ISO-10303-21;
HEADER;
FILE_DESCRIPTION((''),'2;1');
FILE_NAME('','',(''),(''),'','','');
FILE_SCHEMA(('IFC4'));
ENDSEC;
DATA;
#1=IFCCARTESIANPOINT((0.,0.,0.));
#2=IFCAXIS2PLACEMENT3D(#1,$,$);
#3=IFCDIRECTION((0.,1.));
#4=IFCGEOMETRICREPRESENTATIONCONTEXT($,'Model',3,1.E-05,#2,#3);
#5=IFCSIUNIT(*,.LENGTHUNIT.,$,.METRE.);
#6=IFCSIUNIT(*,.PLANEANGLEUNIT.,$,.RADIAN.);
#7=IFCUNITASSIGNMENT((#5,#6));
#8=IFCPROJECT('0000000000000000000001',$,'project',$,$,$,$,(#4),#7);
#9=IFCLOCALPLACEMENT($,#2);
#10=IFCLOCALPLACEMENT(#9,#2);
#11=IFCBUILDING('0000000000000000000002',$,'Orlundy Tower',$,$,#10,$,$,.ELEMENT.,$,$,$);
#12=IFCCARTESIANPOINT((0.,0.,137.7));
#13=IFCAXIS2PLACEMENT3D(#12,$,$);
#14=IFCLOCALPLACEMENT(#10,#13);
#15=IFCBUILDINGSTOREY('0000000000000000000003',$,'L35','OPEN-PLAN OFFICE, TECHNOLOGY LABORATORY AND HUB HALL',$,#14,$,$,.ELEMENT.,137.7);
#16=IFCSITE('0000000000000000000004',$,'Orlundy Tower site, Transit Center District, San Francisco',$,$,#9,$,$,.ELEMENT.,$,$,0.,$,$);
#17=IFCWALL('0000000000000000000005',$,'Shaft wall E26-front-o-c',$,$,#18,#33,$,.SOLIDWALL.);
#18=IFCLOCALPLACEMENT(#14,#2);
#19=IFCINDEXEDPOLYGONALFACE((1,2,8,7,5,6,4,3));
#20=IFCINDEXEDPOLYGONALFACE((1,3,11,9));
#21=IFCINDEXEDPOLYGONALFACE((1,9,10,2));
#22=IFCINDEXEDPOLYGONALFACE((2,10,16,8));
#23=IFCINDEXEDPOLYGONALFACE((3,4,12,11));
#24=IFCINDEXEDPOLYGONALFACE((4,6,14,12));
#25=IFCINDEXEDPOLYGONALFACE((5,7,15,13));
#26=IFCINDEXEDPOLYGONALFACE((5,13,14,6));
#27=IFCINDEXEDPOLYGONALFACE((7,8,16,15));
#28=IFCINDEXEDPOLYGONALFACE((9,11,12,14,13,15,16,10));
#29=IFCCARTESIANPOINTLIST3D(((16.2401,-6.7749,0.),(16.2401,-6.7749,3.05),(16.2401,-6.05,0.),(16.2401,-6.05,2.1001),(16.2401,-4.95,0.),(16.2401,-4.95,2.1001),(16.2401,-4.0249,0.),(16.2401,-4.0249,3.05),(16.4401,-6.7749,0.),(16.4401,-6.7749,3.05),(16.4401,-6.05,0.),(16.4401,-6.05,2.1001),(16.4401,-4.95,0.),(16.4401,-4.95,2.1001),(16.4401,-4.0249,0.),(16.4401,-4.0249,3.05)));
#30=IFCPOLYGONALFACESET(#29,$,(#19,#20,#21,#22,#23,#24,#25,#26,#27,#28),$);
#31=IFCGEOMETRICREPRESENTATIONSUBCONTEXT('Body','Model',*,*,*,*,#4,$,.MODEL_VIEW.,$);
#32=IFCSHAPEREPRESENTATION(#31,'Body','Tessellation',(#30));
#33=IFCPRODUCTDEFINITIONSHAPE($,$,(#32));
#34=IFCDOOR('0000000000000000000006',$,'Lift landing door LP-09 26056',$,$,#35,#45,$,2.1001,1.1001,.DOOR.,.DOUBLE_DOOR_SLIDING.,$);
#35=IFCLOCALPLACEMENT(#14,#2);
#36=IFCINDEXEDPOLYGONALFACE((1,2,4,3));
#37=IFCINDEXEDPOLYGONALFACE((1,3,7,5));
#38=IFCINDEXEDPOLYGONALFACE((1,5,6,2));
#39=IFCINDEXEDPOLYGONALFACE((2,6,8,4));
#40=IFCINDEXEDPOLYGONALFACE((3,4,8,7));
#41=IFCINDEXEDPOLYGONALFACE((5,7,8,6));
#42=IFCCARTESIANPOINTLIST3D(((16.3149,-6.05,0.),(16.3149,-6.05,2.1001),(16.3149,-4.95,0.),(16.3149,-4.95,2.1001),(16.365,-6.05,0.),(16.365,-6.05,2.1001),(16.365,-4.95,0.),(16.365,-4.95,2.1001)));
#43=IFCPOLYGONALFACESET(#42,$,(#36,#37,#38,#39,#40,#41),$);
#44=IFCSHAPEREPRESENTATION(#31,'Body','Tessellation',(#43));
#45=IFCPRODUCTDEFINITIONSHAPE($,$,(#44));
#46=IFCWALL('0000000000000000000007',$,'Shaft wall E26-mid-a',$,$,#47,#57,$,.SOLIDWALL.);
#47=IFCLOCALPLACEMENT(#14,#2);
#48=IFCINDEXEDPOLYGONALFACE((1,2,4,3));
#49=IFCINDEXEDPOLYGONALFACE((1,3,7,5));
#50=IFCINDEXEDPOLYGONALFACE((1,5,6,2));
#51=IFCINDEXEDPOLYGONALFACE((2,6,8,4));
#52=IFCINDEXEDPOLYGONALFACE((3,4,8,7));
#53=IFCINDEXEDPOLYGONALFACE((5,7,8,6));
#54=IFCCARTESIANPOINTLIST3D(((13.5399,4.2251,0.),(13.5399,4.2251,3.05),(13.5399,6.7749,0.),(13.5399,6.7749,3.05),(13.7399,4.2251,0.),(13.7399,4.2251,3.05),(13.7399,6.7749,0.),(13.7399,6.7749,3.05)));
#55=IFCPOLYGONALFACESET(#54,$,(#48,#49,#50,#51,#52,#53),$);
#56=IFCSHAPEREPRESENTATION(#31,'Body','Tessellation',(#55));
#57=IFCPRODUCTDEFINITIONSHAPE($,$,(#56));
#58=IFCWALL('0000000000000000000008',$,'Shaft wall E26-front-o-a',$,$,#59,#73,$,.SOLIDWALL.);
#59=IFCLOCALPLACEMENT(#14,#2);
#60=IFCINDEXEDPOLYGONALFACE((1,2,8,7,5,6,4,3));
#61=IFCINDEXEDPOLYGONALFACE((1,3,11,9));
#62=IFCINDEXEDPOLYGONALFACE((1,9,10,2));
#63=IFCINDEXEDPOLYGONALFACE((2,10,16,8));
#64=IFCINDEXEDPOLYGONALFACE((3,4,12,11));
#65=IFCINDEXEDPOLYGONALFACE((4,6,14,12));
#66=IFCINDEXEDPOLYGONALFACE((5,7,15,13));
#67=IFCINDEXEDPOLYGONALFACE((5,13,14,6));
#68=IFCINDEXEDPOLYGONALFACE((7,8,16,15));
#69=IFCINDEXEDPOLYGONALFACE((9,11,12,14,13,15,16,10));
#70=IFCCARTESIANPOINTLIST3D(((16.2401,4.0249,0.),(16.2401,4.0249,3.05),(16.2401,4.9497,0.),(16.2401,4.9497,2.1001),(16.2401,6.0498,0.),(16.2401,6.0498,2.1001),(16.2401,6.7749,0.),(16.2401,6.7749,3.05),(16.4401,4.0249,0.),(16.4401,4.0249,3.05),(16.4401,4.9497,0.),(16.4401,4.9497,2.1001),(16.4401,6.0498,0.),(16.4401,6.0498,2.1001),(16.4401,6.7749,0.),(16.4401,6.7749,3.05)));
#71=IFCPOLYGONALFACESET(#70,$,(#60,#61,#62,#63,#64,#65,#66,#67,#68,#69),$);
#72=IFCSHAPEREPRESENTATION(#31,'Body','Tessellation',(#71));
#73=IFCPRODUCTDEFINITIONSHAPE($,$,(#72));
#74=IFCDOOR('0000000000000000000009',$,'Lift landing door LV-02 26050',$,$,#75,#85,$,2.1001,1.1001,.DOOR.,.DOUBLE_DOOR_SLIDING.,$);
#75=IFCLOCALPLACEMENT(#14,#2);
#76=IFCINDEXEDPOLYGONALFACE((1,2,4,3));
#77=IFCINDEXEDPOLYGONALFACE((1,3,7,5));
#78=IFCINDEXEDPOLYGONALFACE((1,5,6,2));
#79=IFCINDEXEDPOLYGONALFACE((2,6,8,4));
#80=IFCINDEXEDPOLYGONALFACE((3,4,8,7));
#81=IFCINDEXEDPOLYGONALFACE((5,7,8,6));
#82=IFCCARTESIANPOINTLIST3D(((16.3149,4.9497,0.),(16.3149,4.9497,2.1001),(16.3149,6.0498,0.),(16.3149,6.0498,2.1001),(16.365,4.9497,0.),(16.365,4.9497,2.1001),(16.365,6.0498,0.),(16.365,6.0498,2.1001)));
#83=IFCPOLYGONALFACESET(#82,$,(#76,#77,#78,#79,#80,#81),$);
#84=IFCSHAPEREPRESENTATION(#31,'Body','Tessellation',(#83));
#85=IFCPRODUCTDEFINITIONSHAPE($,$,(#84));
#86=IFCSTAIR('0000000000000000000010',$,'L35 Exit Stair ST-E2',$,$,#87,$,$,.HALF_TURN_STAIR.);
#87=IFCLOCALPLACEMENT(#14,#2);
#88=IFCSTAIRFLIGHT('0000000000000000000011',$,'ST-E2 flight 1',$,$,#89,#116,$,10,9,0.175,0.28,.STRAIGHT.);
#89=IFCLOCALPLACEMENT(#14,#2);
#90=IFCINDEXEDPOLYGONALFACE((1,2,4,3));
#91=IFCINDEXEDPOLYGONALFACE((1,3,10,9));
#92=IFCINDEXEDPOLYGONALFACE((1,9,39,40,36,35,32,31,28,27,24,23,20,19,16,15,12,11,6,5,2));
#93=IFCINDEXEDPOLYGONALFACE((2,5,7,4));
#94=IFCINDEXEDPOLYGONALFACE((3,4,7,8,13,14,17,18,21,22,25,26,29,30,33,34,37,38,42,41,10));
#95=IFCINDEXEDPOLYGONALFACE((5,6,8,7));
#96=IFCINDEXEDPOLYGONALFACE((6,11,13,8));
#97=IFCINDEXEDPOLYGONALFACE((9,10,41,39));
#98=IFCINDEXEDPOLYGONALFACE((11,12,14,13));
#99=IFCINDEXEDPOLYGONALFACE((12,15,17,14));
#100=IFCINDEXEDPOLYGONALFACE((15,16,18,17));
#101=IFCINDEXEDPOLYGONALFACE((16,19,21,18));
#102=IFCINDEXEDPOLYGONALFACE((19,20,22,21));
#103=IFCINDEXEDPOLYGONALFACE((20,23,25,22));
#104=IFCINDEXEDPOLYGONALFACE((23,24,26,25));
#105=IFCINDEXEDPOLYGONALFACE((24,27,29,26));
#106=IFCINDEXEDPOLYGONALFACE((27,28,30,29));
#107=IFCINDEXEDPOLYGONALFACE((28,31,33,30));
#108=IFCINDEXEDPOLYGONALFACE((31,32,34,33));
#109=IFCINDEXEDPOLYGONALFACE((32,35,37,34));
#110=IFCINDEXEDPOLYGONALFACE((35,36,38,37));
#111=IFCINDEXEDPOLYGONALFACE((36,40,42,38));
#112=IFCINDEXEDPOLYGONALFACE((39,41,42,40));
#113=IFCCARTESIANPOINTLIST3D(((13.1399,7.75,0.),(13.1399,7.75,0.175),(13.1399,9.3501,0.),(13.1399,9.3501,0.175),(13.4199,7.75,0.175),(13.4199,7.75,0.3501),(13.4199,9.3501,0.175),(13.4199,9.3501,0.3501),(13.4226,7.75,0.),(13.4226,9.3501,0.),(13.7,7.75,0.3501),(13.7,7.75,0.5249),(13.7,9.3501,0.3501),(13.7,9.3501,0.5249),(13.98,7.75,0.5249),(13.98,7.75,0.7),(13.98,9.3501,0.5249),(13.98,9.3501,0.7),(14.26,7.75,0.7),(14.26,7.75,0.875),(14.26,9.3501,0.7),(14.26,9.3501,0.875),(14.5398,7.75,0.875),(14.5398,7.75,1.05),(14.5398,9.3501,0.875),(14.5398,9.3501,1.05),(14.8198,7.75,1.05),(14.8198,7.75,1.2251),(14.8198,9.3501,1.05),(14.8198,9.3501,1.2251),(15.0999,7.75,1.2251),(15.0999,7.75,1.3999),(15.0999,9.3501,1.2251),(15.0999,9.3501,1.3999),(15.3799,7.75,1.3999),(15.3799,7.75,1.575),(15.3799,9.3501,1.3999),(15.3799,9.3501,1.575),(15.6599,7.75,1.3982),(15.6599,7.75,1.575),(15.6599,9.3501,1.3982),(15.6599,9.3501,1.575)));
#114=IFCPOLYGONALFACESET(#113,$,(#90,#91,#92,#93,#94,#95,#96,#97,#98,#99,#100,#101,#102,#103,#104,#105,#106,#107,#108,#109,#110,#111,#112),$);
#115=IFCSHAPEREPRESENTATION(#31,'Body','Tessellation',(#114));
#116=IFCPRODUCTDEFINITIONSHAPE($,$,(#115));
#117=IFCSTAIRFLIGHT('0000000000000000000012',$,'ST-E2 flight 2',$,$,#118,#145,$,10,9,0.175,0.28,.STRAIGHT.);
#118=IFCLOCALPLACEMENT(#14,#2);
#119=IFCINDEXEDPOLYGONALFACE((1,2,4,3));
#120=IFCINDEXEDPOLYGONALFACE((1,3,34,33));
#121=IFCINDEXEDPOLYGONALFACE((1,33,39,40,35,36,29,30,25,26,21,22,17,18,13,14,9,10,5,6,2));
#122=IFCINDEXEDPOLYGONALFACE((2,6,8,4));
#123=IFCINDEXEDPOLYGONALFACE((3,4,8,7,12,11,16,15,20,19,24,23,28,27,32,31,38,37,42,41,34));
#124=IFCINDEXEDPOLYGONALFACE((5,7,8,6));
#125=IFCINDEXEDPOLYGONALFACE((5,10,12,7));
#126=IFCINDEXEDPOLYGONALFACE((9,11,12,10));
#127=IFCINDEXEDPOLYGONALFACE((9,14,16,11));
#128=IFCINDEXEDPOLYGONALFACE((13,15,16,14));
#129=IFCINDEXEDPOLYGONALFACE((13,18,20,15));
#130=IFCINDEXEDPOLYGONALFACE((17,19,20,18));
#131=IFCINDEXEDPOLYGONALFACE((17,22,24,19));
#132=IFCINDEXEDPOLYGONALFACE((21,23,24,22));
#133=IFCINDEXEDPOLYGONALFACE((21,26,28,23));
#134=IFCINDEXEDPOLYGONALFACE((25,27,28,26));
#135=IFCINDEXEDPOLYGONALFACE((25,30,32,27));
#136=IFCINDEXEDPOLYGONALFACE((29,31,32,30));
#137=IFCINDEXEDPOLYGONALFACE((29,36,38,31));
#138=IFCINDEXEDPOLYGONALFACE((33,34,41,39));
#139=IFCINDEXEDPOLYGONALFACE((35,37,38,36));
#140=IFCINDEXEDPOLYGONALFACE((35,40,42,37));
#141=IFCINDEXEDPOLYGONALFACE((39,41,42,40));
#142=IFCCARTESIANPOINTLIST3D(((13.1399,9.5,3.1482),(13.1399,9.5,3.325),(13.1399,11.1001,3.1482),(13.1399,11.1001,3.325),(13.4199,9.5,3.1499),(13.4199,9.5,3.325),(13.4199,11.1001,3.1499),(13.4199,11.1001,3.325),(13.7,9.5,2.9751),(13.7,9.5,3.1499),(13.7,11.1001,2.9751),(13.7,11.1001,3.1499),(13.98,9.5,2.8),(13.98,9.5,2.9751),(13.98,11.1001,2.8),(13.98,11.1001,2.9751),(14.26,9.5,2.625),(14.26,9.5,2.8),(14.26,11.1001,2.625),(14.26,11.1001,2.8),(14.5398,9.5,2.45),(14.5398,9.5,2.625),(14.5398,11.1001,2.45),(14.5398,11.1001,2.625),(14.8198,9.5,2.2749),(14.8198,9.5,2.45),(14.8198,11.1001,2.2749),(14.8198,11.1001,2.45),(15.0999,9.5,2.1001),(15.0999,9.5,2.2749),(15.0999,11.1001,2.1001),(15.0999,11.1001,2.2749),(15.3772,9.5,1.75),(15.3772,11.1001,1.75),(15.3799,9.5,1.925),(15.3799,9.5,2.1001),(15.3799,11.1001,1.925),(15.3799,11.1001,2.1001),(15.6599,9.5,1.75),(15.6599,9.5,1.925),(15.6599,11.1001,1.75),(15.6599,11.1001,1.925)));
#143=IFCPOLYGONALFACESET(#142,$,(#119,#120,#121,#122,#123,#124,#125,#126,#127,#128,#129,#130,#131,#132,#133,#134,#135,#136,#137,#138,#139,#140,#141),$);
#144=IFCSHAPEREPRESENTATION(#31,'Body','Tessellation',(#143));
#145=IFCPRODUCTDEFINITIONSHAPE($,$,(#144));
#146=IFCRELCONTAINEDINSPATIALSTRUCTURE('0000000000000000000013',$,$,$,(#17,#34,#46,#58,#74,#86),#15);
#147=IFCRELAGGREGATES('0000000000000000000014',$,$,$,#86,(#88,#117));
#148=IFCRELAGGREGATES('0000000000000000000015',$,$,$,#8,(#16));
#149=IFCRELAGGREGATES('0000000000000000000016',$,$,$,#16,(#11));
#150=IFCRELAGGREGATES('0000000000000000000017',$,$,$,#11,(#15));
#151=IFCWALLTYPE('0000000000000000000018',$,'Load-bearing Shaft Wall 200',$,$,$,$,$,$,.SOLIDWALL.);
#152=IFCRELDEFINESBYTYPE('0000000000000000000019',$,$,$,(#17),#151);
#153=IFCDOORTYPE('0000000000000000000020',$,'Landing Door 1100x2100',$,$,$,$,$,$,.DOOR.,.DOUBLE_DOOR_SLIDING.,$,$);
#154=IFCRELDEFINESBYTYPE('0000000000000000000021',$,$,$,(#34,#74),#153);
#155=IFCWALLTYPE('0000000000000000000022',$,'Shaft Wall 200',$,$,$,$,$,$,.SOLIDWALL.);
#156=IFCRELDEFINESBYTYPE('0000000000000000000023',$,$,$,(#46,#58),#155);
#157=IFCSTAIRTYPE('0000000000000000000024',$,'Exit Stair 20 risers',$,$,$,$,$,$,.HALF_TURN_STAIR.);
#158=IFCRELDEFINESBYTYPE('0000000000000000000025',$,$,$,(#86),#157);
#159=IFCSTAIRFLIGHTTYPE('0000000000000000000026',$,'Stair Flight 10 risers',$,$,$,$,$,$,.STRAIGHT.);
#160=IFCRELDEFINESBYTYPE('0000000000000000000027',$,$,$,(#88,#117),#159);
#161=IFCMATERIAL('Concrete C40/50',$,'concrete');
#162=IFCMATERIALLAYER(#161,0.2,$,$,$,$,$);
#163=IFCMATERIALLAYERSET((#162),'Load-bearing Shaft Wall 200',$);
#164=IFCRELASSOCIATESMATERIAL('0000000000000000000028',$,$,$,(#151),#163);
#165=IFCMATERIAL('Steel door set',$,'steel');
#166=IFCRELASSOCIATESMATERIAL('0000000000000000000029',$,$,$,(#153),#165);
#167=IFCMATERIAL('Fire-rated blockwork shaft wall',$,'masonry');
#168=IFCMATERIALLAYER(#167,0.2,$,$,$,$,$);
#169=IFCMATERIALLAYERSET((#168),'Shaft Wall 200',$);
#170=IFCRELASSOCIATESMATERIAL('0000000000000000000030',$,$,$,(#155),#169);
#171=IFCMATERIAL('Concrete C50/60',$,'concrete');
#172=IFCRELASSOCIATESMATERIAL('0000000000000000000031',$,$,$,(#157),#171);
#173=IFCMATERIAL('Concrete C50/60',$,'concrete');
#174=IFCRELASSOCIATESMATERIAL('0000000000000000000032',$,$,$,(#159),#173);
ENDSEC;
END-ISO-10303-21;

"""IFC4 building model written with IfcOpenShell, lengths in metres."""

from ifc_helpers import new_model, si_unit, direction, frame, frame_2d, origin, place, context, subcontext, project, spatial, polyline, rectangle, outline, extrude, material, layer, layer_set, type_object, element, fill, aggregate, save


model = new_model("IFC4")

# Units and contexts
model_context = context("Model", 3, precision=1e-05, world=origin(), true_north=direction((0.0, 1.0)))
body_context = subcontext(model_context, "Body", "Model", "MODEL_VIEW")
ifc_project = project(units=[si_unit("LENGTHUNIT", "METRE"), si_unit("PLANEANGLEUNIT", "RADIAN")], contexts=[model_context])

# Site, building, storey
site_placement = place(None, origin())
site = spatial("IfcSite", under=ifc_project, at=site_placement, Name="Orlundy Tower site, Transit Center District, San Francisco", CompositionType="ELEMENT", RefElevation=0.0)
building_placement = place(site_placement, origin())
building = spatial("IfcBuilding", under=site, at=building_placement, Name="Orlundy Tower", CompositionType="ELEMENT")
storey_placement = place(building_placement, frame((0.0, 0.0, 137.7)))
storey = spatial("IfcBuildingStorey", under=building, at=storey_placement, Name="L35", Description="OPEN-PLAN OFFICE, TECHNOLOGY LABORATORY AND HUB HALL", CompositionType="ELEMENT", Elevation=137.7)

# Shared definitions
ifc_material_1 = material(Name="Concrete C40/50", Category="concrete")
ifc_layer_1 = layer(ifc_material_1, 0.2)
ifc_layer_set_1 = layer_set([ifc_layer_1], Name="Load-bearing Shaft Wall 200")
wall_type_1 = type_object("IfcWallType", Name="Load-bearing Shaft Wall 200", PredefinedType="SOLIDWALL", material=ifc_layer_set_1)

# Shared definitions
ifc_material_2 = material(Name="Steel door set", Category="steel")
door_type_1 = type_object("IfcDoorType", Name="Landing Door 1100x2100", OperationType="DOUBLE_DOOR_SLIDING", PredefinedType="DOOR", material=ifc_material_2)

# Wall, opening, door
wall_1_placement = place(storey_placement, frame((16.3401, -4.0249, 0.0), z_axis=(0.0, 0.0, 1.0), x_axis=(0.0, -1.0, 0.0)))
wall_1 = element("IfcWall", 1, at=wall_1_placement, inside=storey, type_object=wall_type_1, Name="Shaft wall E26-front-o-c", PredefinedType="SOLIDWALL", context=body_context, shape_type="SweptSolid", body=[
    extrude(rectangle(XDim=2.75, YDim=0.2, at=frame_2d((1.375, 0.0))), origin(), (0.0, 0.0, 1.0), 3.05),
])
opening_1_placement = place(wall_1_placement, frame((0.925, 0.0, 0.0)))
opening_1 = element("IfcOpeningElement", 2, at=opening_1_placement, cuts=wall_1, PredefinedType="OPENING", context=body_context, shape_type="SweptSolid", body=[
    extrude(rectangle(XDim=1.1001, YDim=2.1001, at=frame_2d((0.55, 1.05))), frame((0.0, 0.1101, 0.0), z_axis=(0.0, -1.0, 0.0), x_axis=(1.0, 0.0, 0.0)), (0.0, 0.0, 1.0), 0.2202),
])
door_1_placement = place(opening_1_placement, origin())
door_1 = element("IfcDoor", 3, at=door_1_placement, inside=storey, type_object=door_type_1, Name="Lift landing door LP-09 26056", OperationType="DOUBLE_DOOR_SLIDING", OverallHeight=2.1001, OverallWidth=1.1001, PredefinedType="DOOR", context=body_context, shape_type="SweptSolid", body=[
    extrude(rectangle(XDim=1.1001, YDim=2.1001, at=frame_2d((0.55, 1.05))), frame((0.0, 0.0249, 0.0), z_axis=(0.0, -1.0, 0.0), x_axis=(1.0, 0.0, 0.0)), (0.0, 0.0, 1.0), 0.05),
])
fill(opening_1, door_1)

# Wall
ifc_material_3 = material(Name="Fire-rated blockwork shaft wall", Category="masonry")
ifc_layer_2 = layer(ifc_material_3, 0.2)
ifc_layer_set_2 = layer_set([ifc_layer_2], Name="Shaft Wall 200")
wall_type_2 = type_object("IfcWallType", Name="Shaft Wall 200", PredefinedType="SOLIDWALL", material=ifc_layer_set_2)
wall_2_placement = place(storey_placement, frame((13.6399, 6.7749, 0.0), z_axis=(0.0, 0.0, 1.0), x_axis=(0.0, -1.0, 0.0)))
element("IfcWall", 4, at=wall_2_placement, inside=storey, type_object=wall_type_2, Name="Shaft wall E26-mid-a", PredefinedType="SOLIDWALL", context=body_context, shape_type="SweptSolid", body=[
    extrude(rectangle(XDim=2.5498, YDim=0.2, at=frame_2d((1.2749, 0.0))), origin(), (0.0, 0.0, 1.0), 3.05),
])

# Wall, opening, door
wall_3_placement = place(storey_placement, frame((16.3401, 6.7749, 0.0), z_axis=(0.0, 0.0, 1.0), x_axis=(0.0, -1.0, 0.0)))
wall_3 = element("IfcWall", 5, at=wall_3_placement, inside=storey, type_object=wall_type_2, Name="Shaft wall E26-front-o-a", PredefinedType="SOLIDWALL", context=body_context, shape_type="SweptSolid", body=[
    extrude(rectangle(XDim=2.75, YDim=0.2, at=frame_2d((1.375, 0.0))), origin(), (0.0, 0.0, 1.0), 3.05),
])
opening_2_placement = place(wall_3_placement, frame((0.7251, 0.0, 0.0)))
opening_2 = element("IfcOpeningElement", 6, at=opening_2_placement, cuts=wall_3, PredefinedType="OPENING", context=body_context, shape_type="SweptSolid", body=[
    extrude(rectangle(XDim=1.1001, YDim=2.1001, at=frame_2d((0.55, 1.05))), frame((0.0, 0.1101, 0.0), z_axis=(0.0, -1.0, 0.0), x_axis=(1.0, 0.0, 0.0)), (0.0, 0.0, 1.0), 0.2202),
])
door_2_placement = place(opening_2_placement, origin())
door_2 = element("IfcDoor", 7, at=door_2_placement, inside=storey, type_object=door_type_1, Name="Lift landing door LV-02 26050", OperationType="DOUBLE_DOOR_SLIDING", OverallHeight=2.1001, OverallWidth=1.1001, PredefinedType="DOOR", context=body_context, shape_type="SweptSolid", body=[
    extrude(rectangle(XDim=1.1001, YDim=2.1001, at=frame_2d((0.55, 1.05))), frame((0.0, 0.0249, 0.0), z_axis=(0.0, -1.0, 0.0), x_axis=(1.0, 0.0, 0.0)), (0.0, 0.0, 1.0), 0.05),
])
fill(opening_2, door_2)

# Stair, stair flights
ifc_material_4 = material(Name="Concrete C50/60", Category="concrete")
stair_type = type_object("IfcStairType", Name="Exit Stair 20 risers", PredefinedType="HALF_TURN_STAIR", material=ifc_material_4)
stair_placement = place(storey_placement, origin())
stair = element("IfcStair", 8, at=stair_placement, inside=storey, type_object=stair_type, Name="L35 Exit Stair ST-E2", PredefinedType="HALF_TURN_STAIR")
ifc_material_5 = material(Name="Concrete C50/60", Category="concrete")
stair_flight_type = type_object("IfcStairFlightType", Name="Stair Flight 10 risers", PredefinedType="STRAIGHT", material=ifc_material_5)
stair_flight_1_placement = place(storey_placement, frame((13.1399, 8.55, 0.0), z_axis=(0.0, 0.0, 1.0), x_axis=(1.0, 0.0, 0.0)))
stair_flight_1 = element("IfcStairFlight", 9, at=stair_flight_1_placement, type_object=stair_flight_type, Name="ST-E2 flight 1", NumberOfRisers=10, NumberOfTreads=9, PredefinedType="STRAIGHT", RiserHeight=0.175, TreadLength=0.28, context=body_context, shape_type="SweptSolid", body=[
    extrude(outline(polyline([(0.0, 0.0), (0.0, 0.175), (0.28, 0.175), (0.28, 0.3501), (0.5601, 0.3501), (0.5601, 0.5249), (0.8401, 0.5249), (0.8401, 0.7), (1.1201, 0.7), (1.1201, 0.875), (1.3999, 0.875), (1.3999, 1.05), (1.6799, 1.05), (1.6799, 1.2251), (1.96, 1.2251), (1.96, 1.3999), (2.24, 1.3999), (2.24, 1.575), (2.52, 1.575), (2.52, 1.75), (2.52, 1.3982), (0.2827, 0.0), (0.0, 0.0)])), frame((0.0, 0.8, 0.0), z_axis=(0.0, -1.0, 0.0), x_axis=(1.0, 0.0, 0.0)), (0.0, 0.0, 1.0), 1.6001),
])
stair_flight_2_placement = place(storey_placement, frame((15.6599, 10.3, 1.75), z_axis=(0.0, 0.0, 1.0), x_axis=(-1.0, 0.0, 0.0)))
stair_flight_2 = element("IfcStairFlight", 10, at=stair_flight_2_placement, type_object=stair_flight_type, Name="ST-E2 flight 2", NumberOfRisers=10, NumberOfTreads=9, PredefinedType="STRAIGHT", RiserHeight=0.175, TreadLength=0.28, context=body_context, shape_type="SweptSolid", body=[
    extrude(outline(polyline([(0.0, 0.0), (0.0, 0.175), (0.28, 0.175), (0.28, 0.3501), (0.5601, 0.3501), (0.5601, 0.5249), (0.8401, 0.5249), (0.8401, 0.7), (1.1201, 0.7), (1.1201, 0.875), (1.3999, 0.875), (1.3999, 1.05), (1.6799, 1.05), (1.6799, 1.2251), (1.96, 1.2251), (1.96, 1.3999), (2.24, 1.3999), (2.24, 1.575), (2.52, 1.575), (2.52, 1.75), (2.52, 1.3982), (0.2827, 0.0), (0.0, 0.0)])), frame((0.0, 0.8, 0.0), z_axis=(0.0, -1.0, 0.0), x_axis=(1.0, 0.0, 0.0)), (0.0, 0.0, 1.0), 1.6001),
])
aggregate(stair, [stair_flight_1, stair_flight_2])

save(model, "model.ifc")
